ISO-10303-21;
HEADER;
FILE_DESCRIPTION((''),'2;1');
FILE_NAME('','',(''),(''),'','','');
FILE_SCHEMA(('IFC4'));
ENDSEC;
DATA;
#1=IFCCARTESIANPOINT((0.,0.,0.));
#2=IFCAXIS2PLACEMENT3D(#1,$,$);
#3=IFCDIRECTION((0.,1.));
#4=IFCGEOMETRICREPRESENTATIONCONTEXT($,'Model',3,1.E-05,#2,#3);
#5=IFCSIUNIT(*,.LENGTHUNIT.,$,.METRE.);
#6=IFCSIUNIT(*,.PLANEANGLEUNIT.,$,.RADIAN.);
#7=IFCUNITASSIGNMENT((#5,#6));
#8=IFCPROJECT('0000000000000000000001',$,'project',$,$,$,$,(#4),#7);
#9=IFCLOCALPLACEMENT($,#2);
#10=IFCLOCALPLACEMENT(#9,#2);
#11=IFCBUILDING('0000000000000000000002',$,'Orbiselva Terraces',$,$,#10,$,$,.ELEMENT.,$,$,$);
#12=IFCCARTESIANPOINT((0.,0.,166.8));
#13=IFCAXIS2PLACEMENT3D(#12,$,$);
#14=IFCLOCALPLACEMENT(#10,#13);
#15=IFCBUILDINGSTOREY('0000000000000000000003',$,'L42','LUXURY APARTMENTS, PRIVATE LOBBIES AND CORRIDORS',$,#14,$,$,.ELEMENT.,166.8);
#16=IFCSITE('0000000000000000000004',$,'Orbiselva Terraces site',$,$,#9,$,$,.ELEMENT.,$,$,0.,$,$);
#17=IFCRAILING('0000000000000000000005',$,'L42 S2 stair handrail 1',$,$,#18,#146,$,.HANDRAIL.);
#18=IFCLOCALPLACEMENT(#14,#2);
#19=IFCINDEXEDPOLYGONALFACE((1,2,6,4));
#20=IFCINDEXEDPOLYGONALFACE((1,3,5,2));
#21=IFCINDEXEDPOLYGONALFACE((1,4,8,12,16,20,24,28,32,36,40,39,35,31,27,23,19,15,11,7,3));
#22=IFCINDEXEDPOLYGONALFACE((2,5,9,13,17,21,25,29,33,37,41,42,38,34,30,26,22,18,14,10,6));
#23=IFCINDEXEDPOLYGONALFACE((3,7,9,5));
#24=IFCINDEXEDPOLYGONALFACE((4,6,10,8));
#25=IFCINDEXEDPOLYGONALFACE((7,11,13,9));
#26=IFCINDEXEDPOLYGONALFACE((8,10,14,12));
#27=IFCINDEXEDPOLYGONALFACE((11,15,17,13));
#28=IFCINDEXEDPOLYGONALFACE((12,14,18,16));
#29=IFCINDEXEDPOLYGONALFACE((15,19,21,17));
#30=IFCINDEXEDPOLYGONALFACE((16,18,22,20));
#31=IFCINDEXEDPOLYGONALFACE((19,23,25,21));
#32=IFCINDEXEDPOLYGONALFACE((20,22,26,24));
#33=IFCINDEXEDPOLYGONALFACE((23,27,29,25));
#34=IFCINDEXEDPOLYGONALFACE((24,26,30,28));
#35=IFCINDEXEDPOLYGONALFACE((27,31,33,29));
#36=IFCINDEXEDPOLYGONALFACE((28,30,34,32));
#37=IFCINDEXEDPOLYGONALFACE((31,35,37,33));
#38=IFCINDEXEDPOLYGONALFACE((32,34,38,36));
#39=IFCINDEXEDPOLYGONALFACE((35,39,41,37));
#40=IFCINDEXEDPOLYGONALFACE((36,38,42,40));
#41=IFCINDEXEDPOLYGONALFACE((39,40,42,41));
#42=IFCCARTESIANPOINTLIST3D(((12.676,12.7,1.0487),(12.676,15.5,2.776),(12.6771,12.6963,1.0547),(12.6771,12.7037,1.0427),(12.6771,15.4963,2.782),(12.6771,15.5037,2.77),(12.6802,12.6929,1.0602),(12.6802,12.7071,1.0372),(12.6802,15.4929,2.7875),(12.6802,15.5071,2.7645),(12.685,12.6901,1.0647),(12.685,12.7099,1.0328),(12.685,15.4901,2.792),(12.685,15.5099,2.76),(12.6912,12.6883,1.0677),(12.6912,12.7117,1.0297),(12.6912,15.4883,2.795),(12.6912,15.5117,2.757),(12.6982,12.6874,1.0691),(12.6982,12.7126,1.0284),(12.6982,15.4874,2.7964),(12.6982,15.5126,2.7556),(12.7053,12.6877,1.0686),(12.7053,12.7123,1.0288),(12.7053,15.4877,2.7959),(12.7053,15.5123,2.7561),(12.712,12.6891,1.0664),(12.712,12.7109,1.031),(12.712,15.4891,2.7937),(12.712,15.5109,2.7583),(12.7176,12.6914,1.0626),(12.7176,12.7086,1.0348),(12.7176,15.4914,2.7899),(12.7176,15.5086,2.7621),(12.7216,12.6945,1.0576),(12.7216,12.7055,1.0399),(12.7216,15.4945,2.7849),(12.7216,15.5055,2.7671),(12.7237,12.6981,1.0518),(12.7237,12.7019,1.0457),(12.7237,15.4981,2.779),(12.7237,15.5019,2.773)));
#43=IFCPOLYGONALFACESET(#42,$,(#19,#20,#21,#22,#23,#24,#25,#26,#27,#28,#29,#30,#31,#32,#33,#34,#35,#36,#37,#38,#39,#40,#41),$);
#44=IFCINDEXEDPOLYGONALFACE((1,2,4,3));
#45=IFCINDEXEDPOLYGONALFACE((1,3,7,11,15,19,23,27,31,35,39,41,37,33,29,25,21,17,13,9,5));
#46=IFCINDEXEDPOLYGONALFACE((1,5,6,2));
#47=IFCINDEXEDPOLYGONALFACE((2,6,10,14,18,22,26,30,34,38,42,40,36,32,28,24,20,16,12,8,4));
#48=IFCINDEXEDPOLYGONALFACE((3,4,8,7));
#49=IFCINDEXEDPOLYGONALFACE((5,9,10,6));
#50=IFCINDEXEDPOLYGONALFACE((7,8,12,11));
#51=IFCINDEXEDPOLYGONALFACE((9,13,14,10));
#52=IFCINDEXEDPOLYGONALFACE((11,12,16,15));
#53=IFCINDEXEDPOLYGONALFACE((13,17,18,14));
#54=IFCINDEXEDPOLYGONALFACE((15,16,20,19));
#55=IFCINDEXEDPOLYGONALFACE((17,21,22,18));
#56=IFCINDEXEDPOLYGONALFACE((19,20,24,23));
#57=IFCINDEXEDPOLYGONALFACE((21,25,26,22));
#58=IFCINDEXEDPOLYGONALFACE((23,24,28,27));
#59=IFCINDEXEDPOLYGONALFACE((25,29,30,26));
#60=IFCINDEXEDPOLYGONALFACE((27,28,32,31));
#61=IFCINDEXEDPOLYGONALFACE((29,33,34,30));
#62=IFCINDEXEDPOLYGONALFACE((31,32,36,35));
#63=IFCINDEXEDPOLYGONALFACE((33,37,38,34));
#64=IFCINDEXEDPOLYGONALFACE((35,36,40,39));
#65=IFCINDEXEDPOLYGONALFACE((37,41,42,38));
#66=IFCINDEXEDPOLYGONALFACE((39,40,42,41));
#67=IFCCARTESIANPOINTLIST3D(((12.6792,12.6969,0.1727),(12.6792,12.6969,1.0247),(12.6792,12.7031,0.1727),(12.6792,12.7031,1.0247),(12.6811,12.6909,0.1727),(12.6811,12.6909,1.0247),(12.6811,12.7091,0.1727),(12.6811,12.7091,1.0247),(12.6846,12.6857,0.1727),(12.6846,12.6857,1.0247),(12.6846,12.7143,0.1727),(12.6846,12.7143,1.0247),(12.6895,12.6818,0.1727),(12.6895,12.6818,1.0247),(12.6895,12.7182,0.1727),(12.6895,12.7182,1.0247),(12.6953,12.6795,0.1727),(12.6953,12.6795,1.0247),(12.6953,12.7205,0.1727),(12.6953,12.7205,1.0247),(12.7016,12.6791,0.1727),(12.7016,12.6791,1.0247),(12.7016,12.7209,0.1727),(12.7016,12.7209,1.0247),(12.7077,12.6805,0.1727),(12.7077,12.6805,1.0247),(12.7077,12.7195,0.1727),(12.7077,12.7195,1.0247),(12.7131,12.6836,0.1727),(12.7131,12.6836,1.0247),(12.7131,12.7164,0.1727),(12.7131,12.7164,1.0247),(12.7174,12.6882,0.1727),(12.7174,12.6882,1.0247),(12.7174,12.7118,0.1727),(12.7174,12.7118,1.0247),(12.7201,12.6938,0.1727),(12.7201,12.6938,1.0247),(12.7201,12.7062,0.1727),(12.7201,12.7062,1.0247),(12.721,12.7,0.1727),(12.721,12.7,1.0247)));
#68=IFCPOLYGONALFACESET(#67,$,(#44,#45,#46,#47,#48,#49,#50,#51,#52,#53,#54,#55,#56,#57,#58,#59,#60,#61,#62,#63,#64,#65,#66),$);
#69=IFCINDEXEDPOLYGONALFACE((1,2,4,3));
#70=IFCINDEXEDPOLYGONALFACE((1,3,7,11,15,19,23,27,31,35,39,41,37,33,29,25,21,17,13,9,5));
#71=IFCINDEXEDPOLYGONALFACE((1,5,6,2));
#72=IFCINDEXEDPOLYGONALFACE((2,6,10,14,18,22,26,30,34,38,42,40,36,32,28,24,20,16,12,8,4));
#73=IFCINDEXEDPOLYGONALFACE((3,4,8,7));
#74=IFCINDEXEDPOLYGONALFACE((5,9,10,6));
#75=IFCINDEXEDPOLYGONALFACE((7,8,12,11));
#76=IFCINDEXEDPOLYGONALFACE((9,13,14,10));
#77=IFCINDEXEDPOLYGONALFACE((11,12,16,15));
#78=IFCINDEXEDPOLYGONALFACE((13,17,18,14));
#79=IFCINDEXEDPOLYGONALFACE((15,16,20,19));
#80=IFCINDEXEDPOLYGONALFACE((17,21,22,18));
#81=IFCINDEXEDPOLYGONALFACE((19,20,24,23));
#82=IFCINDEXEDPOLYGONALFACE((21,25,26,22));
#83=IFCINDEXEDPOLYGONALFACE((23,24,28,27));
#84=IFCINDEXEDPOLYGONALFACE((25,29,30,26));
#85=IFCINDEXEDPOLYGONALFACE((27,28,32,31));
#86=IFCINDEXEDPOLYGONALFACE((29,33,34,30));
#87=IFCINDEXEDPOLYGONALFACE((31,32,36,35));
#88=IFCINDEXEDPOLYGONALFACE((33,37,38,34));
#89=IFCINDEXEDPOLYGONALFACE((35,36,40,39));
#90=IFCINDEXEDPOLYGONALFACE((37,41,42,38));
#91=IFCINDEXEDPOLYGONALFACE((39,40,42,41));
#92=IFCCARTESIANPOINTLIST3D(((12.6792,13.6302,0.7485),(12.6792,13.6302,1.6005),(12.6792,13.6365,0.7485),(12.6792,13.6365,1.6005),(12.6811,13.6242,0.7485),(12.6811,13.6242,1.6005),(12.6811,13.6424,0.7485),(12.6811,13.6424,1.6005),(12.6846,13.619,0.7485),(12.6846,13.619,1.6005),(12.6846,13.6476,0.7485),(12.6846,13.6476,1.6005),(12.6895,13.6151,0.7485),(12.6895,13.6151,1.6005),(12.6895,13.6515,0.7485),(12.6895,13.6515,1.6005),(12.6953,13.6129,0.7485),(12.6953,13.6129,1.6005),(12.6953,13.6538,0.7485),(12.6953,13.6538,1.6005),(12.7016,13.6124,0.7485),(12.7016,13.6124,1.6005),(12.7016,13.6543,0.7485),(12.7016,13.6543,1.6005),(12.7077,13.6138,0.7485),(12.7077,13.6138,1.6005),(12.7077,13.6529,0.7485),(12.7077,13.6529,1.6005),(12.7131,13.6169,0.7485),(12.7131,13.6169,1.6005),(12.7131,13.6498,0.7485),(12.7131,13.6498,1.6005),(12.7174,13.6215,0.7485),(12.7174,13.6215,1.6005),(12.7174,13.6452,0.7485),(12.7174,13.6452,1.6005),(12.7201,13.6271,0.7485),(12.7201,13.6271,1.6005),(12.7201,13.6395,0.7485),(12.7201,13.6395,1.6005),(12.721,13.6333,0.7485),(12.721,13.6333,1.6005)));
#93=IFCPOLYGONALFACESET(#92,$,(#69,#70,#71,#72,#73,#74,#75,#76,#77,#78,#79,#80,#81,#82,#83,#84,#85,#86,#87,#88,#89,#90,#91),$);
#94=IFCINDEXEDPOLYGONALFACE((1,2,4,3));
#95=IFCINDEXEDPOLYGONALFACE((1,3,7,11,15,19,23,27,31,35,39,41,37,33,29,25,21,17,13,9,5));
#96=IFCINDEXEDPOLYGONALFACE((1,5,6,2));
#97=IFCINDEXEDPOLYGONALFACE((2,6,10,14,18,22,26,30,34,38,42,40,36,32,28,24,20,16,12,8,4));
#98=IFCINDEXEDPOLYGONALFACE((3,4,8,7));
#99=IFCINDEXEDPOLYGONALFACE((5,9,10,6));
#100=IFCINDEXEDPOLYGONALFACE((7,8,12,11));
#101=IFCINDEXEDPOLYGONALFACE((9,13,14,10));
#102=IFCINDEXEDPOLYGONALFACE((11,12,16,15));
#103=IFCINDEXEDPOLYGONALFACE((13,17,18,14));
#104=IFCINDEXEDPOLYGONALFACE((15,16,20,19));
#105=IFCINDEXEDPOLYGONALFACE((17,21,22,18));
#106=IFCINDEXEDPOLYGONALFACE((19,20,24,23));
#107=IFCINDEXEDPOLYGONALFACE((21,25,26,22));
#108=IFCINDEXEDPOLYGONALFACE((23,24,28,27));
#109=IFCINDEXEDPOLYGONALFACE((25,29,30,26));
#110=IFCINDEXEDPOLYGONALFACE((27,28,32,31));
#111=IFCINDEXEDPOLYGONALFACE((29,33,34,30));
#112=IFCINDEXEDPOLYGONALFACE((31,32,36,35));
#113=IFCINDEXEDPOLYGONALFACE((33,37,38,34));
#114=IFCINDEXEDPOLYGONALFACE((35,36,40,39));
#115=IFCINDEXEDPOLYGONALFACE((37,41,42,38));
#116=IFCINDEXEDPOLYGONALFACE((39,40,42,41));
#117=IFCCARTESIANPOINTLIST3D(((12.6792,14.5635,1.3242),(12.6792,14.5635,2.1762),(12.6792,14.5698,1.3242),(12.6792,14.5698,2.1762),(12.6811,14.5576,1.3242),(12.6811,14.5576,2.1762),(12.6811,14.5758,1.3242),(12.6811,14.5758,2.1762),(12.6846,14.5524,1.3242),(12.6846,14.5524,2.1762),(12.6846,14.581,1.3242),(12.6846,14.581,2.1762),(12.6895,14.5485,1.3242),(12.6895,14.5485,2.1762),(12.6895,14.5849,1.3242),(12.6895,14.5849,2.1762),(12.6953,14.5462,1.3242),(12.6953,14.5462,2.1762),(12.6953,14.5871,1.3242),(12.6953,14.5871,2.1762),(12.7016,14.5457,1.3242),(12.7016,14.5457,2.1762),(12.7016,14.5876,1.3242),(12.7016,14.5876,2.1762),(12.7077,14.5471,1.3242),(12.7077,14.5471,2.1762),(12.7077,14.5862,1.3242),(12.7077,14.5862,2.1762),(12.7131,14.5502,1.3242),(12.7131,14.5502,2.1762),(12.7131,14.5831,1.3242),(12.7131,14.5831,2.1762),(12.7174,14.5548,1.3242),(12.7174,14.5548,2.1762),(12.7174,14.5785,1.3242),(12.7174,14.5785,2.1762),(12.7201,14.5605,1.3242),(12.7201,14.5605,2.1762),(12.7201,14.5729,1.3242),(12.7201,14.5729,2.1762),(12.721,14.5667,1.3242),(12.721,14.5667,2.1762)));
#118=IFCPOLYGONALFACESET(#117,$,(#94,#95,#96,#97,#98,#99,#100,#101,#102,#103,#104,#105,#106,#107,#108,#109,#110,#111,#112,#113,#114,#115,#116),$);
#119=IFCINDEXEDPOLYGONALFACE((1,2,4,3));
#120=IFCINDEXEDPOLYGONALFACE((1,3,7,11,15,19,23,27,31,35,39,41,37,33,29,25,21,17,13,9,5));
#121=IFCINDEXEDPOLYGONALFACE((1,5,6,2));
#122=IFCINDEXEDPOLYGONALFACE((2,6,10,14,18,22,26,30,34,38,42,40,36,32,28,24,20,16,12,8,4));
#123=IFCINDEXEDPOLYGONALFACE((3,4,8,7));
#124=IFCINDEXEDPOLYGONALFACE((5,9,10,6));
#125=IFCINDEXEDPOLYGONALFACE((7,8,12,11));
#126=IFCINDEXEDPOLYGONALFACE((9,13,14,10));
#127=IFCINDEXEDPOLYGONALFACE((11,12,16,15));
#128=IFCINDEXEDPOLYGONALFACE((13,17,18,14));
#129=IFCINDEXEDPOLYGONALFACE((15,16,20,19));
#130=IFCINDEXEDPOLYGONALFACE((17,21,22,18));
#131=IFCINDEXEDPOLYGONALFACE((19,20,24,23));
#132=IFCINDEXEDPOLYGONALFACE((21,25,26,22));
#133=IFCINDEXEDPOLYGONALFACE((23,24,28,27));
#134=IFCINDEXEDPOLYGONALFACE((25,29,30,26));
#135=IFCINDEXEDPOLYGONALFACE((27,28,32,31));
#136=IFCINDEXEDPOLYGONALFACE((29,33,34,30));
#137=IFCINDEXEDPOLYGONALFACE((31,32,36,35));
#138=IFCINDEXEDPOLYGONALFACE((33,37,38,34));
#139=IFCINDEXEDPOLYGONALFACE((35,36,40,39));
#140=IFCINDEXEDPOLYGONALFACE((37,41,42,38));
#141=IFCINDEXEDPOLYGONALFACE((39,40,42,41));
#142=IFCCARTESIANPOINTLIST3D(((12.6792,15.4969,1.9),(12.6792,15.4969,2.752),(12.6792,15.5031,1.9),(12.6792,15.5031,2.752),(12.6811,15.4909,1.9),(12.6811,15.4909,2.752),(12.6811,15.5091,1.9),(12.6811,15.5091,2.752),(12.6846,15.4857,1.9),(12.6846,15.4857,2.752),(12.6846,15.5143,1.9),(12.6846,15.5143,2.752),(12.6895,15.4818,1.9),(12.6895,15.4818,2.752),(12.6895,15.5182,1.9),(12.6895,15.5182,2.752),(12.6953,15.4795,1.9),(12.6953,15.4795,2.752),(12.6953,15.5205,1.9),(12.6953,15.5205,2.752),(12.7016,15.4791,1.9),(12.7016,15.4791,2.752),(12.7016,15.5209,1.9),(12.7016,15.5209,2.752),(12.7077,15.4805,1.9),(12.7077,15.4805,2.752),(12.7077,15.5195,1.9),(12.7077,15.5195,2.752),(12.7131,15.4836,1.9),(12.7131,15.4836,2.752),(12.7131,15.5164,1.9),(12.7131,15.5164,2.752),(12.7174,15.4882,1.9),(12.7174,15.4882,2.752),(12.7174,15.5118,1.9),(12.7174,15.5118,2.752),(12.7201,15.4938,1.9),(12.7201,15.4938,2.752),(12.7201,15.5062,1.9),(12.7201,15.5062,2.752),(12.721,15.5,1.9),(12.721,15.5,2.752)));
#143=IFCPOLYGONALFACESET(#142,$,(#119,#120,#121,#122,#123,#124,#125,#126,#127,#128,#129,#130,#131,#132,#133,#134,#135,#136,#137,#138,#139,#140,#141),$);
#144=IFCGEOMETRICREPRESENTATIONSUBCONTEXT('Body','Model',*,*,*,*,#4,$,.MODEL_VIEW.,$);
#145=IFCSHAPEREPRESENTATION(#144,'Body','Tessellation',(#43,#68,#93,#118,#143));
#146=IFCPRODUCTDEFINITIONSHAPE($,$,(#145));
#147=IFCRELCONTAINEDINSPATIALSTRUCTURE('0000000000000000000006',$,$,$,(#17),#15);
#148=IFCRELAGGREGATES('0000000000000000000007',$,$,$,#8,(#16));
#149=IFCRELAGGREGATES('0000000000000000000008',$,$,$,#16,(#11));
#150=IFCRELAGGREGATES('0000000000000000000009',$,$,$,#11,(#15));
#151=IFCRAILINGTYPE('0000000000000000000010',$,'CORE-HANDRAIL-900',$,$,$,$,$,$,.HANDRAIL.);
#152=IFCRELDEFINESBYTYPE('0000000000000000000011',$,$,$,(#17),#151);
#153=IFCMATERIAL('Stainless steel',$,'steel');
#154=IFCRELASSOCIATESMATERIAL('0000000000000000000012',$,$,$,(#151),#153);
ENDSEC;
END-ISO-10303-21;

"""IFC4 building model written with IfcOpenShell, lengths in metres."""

from ifc_helpers import new_model, si_unit, direction, frame, origin, origin_2d, place, context, subcontext, project, spatial, circle, extrude, material, type_object, element, save


model = new_model("IFC4")

# Units and contexts
model_context = context("Model", 3, precision=1e-05, world=origin(), true_north=direction((0.0, 1.0)))
body_context = subcontext(model_context, "Body", "Model", "MODEL_VIEW")
ifc_project = project(units=[si_unit("LENGTHUNIT", "METRE"), si_unit("PLANEANGLEUNIT", "RADIAN")], contexts=[model_context])

# Site, building, storey
site_placement = place(None, origin())
site = spatial("IfcSite", under=ifc_project, at=site_placement, Name="Orbiselva Terraces site", CompositionType="ELEMENT", RefElevation=0.0)
building_placement = place(site_placement, origin())
building = spatial("IfcBuilding", under=site, at=building_placement, Name="Orbiselva Terraces", CompositionType="ELEMENT")
storey_placement = place(building_placement, frame((0.0, 0.0, 166.8)))
storey = spatial("IfcBuildingStorey", under=building, at=storey_placement, Name="L42", Description="LUXURY APARTMENTS, PRIVATE LOBBIES AND CORRIDORS", CompositionType="ELEMENT", Elevation=166.8)

# Railing
ifc_material_1 = material(Name="Stainless steel", Category="steel")
railing_type_1 = type_object("IfcRailingType", Name="CORE-HANDRAIL-900", PredefinedType="HANDRAIL", material=ifc_material_1)
railing_1_placement = place(storey_placement, frame((12.7, 12.7, 0.1727)))
element("IfcRailing", 1, at=railing_1_placement, inside=storey, type_object=railing_type_1, Name="L42 S2 stair handrail 1", PredefinedType="HANDRAIL", context=body_context, shape_type="SweptSolid", body=[
    extrude(circle(Radius=0.024, at=origin_2d()), frame((0.0, 0.0, 0.876), z_axis=(0.0, 0.851089, 0.525022), x_axis=(-1.0, 0.0, 0.0)), (0.0, 0.0, 1.0), 3.2899),
    extrude(circle(Radius=0.021, at=origin_2d()), origin(), (0.0, 0.0, 1.0), 0.852),
    extrude(circle(Radius=0.021, at=origin_2d()), frame((0.0, 0.9333, 0.5758)), (0.0, 0.0, 1.0), 0.852),
    extrude(circle(Radius=0.021, at=origin_2d()), frame((0.0, 1.8667, 1.1515)), (0.0, 0.0, 1.0), 0.852),
    extrude(circle(Radius=0.021, at=origin_2d()), frame((0.0, 2.8, 1.7273)), (0.0, 0.0, 1.0), 0.852),
])

save(model, "model.ifc")
